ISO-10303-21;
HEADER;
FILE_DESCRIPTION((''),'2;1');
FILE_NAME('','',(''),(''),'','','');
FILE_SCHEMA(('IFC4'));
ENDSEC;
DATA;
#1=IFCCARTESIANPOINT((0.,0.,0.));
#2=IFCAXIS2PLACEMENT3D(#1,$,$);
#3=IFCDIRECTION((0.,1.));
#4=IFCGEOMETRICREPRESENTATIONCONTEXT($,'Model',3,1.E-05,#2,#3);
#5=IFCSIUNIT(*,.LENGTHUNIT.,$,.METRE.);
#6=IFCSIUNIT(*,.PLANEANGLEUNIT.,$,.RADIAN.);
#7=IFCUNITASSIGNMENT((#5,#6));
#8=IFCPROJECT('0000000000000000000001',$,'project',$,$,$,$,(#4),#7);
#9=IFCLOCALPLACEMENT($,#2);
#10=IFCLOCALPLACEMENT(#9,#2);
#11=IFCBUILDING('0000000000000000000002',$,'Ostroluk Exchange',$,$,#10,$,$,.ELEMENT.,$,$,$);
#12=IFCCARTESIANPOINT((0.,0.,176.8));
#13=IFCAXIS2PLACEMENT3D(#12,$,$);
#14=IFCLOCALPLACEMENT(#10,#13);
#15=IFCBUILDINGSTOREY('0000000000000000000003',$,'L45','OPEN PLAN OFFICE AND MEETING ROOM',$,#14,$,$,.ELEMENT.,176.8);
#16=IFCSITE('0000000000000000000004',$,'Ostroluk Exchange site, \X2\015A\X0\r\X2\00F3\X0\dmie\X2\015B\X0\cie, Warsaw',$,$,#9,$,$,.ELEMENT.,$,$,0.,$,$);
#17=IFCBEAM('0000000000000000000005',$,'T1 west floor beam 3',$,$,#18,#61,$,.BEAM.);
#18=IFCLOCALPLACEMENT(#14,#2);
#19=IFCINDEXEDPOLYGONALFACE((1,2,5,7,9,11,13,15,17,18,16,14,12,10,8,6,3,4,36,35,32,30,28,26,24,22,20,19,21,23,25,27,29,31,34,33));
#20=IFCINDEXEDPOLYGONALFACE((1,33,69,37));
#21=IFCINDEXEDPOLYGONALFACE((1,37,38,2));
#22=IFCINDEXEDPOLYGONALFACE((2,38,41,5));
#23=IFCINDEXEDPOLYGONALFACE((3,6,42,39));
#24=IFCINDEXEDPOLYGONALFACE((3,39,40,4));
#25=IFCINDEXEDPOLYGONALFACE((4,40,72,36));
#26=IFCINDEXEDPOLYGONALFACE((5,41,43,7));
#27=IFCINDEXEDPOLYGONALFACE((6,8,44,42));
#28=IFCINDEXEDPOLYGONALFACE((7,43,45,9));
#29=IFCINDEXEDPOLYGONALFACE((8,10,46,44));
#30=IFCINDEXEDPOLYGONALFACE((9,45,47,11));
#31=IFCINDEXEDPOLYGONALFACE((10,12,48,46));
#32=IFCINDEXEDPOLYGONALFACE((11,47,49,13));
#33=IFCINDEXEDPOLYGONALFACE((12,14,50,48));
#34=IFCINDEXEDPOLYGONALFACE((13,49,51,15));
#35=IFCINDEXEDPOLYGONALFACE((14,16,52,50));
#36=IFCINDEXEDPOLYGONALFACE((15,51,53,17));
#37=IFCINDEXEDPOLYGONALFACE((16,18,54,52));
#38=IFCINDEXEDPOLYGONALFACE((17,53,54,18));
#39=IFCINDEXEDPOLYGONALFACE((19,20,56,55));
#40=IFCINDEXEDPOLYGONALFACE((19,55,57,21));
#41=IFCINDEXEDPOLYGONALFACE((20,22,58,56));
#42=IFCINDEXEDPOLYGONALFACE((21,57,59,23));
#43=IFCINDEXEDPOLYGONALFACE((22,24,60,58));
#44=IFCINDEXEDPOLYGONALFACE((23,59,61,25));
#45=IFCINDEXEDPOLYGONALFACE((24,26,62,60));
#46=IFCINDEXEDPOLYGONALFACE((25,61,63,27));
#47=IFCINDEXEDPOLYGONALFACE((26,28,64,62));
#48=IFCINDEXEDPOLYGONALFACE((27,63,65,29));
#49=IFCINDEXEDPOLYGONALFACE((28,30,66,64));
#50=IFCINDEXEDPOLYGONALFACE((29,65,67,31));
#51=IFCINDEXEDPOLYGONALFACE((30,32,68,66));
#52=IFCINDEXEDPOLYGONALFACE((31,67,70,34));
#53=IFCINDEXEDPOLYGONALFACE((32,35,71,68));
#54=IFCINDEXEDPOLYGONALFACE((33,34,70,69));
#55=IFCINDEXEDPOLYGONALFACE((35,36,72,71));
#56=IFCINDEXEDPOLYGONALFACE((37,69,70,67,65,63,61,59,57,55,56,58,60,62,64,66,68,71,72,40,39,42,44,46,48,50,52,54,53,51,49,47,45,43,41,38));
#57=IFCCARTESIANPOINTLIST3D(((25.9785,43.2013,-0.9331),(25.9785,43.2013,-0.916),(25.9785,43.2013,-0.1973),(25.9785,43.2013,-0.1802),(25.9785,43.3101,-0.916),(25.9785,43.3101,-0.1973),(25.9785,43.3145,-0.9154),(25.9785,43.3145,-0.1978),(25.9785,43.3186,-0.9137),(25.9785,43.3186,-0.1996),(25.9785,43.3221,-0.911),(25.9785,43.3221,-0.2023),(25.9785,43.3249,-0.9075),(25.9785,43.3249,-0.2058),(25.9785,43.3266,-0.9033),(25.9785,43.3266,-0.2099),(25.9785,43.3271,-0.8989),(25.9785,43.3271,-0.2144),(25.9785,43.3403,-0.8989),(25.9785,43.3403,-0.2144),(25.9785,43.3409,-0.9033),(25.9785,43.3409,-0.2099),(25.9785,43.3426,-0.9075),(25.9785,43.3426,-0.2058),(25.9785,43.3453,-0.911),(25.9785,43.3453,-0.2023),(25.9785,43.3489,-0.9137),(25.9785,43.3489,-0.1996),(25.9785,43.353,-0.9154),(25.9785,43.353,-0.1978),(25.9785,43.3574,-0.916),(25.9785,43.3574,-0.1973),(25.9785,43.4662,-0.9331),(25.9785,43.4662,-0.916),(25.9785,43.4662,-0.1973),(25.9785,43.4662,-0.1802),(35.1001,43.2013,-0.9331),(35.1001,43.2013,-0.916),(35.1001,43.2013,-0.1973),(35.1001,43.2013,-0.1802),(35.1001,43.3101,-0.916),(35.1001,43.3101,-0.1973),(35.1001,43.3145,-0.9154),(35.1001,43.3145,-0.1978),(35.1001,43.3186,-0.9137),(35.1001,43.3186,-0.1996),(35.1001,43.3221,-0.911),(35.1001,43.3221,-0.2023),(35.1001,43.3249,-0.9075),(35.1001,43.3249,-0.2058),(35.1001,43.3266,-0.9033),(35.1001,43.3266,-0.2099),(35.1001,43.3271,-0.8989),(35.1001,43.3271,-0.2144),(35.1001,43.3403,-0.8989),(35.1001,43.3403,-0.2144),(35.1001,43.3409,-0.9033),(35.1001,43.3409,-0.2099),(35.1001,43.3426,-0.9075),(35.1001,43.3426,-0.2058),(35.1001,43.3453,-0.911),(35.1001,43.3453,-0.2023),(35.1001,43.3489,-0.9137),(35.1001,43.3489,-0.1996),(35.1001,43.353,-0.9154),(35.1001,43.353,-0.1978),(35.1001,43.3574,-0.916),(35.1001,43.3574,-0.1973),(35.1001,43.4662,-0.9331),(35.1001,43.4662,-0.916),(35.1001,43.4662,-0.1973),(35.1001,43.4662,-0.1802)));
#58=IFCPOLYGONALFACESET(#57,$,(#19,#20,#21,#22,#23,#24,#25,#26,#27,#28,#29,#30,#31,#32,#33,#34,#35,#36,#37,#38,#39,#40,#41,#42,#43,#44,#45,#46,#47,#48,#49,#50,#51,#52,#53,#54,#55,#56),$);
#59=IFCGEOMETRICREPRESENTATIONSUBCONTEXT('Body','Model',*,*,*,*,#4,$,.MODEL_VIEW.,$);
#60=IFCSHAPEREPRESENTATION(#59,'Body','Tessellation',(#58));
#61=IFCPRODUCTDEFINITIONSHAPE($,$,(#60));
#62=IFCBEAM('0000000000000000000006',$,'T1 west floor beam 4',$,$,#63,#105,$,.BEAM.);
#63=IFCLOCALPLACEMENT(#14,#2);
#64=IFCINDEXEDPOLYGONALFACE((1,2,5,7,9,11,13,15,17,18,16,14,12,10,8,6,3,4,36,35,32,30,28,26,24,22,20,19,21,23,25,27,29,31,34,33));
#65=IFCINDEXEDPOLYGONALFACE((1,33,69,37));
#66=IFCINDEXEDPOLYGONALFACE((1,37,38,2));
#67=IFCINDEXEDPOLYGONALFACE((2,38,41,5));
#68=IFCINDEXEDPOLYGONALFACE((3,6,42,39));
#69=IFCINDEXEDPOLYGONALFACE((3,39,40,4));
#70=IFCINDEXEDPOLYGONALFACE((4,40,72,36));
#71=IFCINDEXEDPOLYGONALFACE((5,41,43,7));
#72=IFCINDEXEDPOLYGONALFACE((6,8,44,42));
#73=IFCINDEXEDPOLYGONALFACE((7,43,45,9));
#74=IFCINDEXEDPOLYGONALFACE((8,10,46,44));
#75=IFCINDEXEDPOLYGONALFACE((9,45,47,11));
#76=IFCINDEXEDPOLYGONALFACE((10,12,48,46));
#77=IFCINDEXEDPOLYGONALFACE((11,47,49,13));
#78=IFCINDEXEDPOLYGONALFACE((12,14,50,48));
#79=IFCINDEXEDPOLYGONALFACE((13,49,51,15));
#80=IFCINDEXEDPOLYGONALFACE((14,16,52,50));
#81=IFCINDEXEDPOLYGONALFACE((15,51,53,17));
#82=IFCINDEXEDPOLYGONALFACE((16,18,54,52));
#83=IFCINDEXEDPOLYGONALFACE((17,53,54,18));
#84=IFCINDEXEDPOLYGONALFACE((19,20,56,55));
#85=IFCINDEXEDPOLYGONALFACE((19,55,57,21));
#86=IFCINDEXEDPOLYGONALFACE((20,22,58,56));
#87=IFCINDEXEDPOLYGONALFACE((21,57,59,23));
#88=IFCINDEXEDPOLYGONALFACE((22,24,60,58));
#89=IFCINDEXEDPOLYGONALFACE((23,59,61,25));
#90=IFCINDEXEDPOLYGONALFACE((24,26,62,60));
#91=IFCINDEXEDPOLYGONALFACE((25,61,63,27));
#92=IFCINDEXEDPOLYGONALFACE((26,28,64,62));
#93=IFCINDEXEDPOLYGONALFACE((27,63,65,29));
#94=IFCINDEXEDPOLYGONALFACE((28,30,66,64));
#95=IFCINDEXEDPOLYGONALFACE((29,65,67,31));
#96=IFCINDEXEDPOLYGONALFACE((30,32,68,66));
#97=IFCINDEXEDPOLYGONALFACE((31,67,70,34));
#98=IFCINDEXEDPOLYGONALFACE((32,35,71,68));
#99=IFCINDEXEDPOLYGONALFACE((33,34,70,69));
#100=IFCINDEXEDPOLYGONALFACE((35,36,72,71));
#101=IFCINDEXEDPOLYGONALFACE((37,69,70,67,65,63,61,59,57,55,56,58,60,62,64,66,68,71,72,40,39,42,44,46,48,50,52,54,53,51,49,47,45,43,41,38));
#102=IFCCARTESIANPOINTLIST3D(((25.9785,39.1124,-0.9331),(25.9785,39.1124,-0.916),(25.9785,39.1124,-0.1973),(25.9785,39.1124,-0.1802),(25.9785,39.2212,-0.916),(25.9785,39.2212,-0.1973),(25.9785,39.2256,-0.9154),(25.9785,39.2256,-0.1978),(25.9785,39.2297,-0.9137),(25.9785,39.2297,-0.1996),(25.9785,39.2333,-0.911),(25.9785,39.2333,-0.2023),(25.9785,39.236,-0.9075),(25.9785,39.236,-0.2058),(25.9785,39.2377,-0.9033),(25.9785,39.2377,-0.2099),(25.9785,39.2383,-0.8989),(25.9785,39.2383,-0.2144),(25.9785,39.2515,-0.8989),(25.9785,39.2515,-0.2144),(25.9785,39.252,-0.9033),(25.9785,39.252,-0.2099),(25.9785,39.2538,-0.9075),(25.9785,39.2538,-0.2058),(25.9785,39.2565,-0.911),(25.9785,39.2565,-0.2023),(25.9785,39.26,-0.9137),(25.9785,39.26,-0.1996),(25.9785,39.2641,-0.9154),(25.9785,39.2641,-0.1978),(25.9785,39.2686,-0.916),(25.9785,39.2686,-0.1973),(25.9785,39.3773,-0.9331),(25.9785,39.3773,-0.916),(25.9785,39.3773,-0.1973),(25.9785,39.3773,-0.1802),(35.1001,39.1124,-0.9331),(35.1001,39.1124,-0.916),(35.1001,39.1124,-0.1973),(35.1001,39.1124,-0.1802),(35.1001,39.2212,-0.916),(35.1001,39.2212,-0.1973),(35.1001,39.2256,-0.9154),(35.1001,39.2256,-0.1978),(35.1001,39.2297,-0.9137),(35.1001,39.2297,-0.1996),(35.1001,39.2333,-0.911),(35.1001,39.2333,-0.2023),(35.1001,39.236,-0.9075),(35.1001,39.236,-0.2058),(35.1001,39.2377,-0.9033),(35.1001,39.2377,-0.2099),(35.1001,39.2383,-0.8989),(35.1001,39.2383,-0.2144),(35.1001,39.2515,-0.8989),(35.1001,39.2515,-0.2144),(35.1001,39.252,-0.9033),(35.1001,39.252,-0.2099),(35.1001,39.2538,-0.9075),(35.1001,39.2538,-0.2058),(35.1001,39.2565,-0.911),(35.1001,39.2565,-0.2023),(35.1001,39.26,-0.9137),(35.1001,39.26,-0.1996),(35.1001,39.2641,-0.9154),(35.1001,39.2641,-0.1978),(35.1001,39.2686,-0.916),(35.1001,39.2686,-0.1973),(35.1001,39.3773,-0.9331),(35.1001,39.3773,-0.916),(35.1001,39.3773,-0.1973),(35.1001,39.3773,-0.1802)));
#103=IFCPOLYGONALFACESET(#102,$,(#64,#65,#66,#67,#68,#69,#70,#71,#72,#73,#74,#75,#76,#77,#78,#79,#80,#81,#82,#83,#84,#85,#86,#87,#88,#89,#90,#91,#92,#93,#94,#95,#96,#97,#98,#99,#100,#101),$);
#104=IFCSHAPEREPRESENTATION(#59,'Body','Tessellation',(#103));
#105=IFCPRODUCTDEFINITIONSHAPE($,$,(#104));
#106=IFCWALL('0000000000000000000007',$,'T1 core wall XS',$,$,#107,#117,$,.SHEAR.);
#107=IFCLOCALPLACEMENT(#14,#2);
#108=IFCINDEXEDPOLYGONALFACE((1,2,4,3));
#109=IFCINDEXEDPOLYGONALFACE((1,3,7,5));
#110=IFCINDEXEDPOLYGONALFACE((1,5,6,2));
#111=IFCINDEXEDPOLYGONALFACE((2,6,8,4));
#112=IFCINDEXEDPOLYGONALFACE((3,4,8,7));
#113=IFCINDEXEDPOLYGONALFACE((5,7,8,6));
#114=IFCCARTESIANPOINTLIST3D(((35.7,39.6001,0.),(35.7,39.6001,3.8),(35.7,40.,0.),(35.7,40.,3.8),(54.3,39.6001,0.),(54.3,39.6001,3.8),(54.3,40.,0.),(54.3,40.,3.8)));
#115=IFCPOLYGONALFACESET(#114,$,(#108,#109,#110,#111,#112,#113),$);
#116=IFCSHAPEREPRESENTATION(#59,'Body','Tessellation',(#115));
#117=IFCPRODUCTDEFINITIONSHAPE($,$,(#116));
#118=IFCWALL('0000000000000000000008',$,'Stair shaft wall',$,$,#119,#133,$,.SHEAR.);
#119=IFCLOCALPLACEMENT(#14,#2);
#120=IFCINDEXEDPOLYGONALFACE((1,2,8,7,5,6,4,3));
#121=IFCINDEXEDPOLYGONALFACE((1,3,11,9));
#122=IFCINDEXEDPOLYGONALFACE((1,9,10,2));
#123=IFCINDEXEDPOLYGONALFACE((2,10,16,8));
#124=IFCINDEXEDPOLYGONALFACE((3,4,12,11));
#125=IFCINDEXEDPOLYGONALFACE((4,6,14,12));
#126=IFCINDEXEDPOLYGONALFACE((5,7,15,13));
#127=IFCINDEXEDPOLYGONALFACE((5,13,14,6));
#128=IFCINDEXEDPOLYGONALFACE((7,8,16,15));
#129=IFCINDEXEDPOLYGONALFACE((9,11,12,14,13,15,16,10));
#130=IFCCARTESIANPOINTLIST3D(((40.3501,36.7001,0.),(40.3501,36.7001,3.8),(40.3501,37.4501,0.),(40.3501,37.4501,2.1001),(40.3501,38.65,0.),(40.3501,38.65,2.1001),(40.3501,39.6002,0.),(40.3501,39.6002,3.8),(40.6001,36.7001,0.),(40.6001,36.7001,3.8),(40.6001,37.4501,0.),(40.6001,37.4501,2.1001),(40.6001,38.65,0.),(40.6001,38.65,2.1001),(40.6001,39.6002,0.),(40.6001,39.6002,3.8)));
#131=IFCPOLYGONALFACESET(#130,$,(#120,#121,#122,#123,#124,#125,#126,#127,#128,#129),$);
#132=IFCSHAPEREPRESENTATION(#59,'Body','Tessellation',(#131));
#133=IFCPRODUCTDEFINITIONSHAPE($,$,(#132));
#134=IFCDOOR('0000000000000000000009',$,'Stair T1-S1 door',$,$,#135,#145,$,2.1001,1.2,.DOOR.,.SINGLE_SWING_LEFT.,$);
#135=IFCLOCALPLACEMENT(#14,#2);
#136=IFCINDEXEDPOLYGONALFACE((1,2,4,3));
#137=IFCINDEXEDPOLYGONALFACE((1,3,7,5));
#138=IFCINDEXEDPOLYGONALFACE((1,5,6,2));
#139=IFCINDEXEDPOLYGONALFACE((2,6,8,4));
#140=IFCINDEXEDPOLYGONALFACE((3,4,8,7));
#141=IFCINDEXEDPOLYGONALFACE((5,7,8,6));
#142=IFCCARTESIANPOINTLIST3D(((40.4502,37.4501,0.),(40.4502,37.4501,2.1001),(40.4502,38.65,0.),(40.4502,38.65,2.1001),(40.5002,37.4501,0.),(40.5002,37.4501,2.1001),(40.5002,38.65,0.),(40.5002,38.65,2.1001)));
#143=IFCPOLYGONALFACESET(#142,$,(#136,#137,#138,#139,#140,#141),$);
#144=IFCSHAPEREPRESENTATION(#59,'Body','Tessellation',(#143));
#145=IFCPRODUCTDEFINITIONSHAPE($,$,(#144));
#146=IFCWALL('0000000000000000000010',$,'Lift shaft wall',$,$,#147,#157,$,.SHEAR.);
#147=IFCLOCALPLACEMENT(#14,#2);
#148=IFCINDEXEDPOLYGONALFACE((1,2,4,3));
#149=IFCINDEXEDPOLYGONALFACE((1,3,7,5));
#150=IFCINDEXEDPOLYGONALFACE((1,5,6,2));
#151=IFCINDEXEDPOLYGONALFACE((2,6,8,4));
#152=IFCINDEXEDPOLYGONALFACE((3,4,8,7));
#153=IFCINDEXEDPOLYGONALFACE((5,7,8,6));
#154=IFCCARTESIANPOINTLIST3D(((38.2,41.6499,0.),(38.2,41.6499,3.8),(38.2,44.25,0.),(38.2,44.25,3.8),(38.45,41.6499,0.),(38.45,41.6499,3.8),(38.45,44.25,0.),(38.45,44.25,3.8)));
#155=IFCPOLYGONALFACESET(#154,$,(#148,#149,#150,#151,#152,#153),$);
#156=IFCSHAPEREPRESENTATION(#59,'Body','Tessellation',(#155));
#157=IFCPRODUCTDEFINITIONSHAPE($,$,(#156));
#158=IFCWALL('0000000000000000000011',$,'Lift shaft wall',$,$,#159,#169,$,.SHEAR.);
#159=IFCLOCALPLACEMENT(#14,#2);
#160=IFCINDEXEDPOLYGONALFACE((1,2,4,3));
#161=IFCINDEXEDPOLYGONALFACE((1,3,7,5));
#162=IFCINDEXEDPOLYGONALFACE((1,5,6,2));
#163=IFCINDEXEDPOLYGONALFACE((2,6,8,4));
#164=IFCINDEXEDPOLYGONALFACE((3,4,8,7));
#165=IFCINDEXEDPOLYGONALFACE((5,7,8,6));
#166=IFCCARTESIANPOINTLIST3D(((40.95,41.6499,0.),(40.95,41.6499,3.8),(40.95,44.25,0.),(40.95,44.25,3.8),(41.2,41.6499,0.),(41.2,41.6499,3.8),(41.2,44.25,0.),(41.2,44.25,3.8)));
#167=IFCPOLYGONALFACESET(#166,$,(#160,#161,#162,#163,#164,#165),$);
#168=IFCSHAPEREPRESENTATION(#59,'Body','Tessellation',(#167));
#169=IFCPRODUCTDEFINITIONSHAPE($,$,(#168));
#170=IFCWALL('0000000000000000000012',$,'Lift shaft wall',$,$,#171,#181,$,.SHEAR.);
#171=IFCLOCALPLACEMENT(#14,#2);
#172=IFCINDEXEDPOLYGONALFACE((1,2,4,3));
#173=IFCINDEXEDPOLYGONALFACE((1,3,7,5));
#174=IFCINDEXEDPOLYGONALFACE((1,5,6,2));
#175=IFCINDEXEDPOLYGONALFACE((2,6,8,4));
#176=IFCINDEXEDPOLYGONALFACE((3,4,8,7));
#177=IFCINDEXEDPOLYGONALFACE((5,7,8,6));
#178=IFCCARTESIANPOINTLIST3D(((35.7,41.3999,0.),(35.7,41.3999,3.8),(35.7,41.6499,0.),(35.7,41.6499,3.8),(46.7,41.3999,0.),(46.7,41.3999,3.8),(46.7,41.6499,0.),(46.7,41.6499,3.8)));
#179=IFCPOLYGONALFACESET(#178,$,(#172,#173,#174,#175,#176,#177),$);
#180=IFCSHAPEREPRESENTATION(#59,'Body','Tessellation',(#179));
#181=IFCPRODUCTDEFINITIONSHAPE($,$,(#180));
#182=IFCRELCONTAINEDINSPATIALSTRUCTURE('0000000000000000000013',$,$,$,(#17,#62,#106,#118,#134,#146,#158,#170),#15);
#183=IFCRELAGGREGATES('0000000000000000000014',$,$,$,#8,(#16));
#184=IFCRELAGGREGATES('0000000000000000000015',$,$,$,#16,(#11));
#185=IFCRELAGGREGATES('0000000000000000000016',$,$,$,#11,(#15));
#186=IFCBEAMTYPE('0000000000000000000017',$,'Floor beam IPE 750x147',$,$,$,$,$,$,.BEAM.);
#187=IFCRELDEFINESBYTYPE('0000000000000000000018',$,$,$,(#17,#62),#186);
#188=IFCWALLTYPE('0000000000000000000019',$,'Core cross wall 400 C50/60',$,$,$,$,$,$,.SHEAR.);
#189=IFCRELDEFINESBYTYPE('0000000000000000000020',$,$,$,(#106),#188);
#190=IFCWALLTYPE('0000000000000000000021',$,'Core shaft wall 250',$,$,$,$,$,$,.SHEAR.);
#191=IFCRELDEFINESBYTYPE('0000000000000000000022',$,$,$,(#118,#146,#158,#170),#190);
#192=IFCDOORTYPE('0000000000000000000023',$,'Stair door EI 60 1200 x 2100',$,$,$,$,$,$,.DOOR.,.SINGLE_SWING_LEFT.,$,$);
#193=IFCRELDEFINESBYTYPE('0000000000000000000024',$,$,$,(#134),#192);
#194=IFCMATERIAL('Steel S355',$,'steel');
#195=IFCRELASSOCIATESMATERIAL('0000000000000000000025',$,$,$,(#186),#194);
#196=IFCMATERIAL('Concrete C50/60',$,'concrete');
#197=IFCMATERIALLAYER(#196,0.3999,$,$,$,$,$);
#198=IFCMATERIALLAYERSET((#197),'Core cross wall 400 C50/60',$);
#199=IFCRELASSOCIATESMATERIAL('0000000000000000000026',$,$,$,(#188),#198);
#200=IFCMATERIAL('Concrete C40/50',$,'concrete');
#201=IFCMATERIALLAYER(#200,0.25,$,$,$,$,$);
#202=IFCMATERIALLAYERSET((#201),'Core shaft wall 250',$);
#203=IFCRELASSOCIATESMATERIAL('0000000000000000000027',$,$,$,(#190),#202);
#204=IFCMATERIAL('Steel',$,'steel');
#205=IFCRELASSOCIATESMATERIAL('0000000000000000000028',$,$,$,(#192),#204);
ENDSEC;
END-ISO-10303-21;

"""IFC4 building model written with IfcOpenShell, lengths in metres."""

from ifc_helpers import new_model, si_unit, direction, frame, frame_2d, origin, origin_2d, place, context, subcontext, project, spatial, rectangle, i_section, extrude, material, layer, layer_set, material_profile, profile_set, type_object, element, fill, save


model = new_model("IFC4")

# Units and contexts
model_context = context("Model", 3, precision=1e-05, world=origin(), true_north=direction((0.0, 1.0)))
body_context = subcontext(model_context, "Body", "Model", "MODEL_VIEW")
ifc_project = project(units=[si_unit("LENGTHUNIT", "METRE"), si_unit("PLANEANGLEUNIT", "RADIAN")], contexts=[model_context])

# Site, building, storey
site_placement = place(None, origin())
site = spatial("IfcSite", under=ifc_project, at=site_placement, Name="Ostroluk Exchange site, Śródmieście, Warsaw", CompositionType="ELEMENT", RefElevation=0.0)
building_placement = place(site_placement, origin())
building = spatial("IfcBuilding", under=site, at=building_placement, Name="Ostroluk Exchange", CompositionType="ELEMENT")
storey_placement = place(building_placement, frame((0.0, 0.0, 176.8)))
storey = spatial("IfcBuildingStorey", under=building, at=storey_placement, Name="L45", Description="OPEN PLAN OFFICE AND MEETING ROOM", CompositionType="ELEMENT", Elevation=176.8)

# Beams
ifc_material_1 = material(Name="Steel S355", Category="steel")
ifc_material_profile = material_profile(ifc_material_1, i_section(OverallWidth=0.2649, OverallDepth=0.7529, WebThickness=0.0132, FlangeThickness=0.0171, FilletRadius=0.0171, at=origin_2d()), Name="IPE 750x147")
ifc_profile_set = profile_set([ifc_material_profile], Name="Steel S355")
beam_type = type_object("IfcBeamType", Name="Floor beam IPE 750x147", PredefinedType="BEAM", material=ifc_profile_set)
for number, where, z_axis, x_axis, name in (
    (1, (35.1001, 43.3337, -0.5566), (-1.0, 0.0, 0.0), (0.0, -1.0, 0.0), "T1 west floor beam 3"),
    (2, (35.1001, 39.2449, -0.5566), (-1.0, 0.0, 0.0), (0.0, -1.0, 0.0), "T1 west floor beam 4"),
):
    element("IfcBeam", number, at=place(storey_placement, frame(where, z_axis=z_axis, x_axis=x_axis)), inside=storey, type_object=beam_type, Name=name, PredefinedType="BEAM", context=body_context, shape_type="SweptSolid", body=[
        extrude(i_section(OverallWidth=0.2649, OverallDepth=0.7529, WebThickness=0.0132, FlangeThickness=0.0171, FilletRadius=0.0171, at=origin_2d()), origin(), (0.0, 0.0, 1.0), 9.1216),
    ])

# Wall
ifc_material_2 = material(Name="Concrete C50/60", Category="concrete")
ifc_layer_1 = layer(ifc_material_2, 0.3999)
ifc_layer_set_1 = layer_set([ifc_layer_1], Name="Core cross wall 400 C50/60")
wall_type_1 = type_object("IfcWallType", Name="Core cross wall 400 C50/60", PredefinedType="SHEAR", material=ifc_layer_set_1)
wall_1_placement = place(storey_placement, frame((35.7, 39.8, 0.0), z_axis=(0.0, 0.0, 1.0), x_axis=(1.0, 0.0, 0.0)))
element("IfcWall", 3, at=wall_1_placement, inside=storey, type_object=wall_type_1, Name="T1 core wall XS", PredefinedType="SHEAR", context=body_context, shape_type="SweptSolid", body=[
    extrude(rectangle(XDim=18.6001, YDim=0.3999, at=frame_2d((9.3, 0.0))), origin(), (0.0, 0.0, 1.0), 3.8),
])

# Wall, opening, door
ifc_material_3 = material(Name="Concrete C40/50", Category="concrete")
ifc_layer_2 = layer(ifc_material_3, 0.25)
ifc_layer_set_2 = layer_set([ifc_layer_2], Name="Core shaft wall 250")
wall_type_2 = type_object("IfcWallType", Name="Core shaft wall 250", PredefinedType="SHEAR", material=ifc_layer_set_2)
wall_2_placement = place(storey_placement, frame((40.4751, 36.7, 0.0), z_axis=(0.0, 0.0, 1.0), x_axis=(0.0, 1.0, 0.0)))
wall_2 = element("IfcWall", 4, at=wall_2_placement, inside=storey, type_object=wall_type_2, Name="Stair shaft wall", PredefinedType="SHEAR", context=body_context, shape_type="SweptSolid", body=[
    extrude(rectangle(XDim=2.9001, YDim=0.25, at=frame_2d((1.4502, 0.0))), origin(), (0.0, 0.0, 1.0), 3.8),
])
opening_1_placement = place(wall_2_placement, frame((0.75, 0.0, 0.0)))
opening_1 = element("IfcOpeningElement", 5, at=opening_1_placement, cuts=wall_2, PredefinedType="OPENING", context=body_context, shape_type="SweptSolid", body=[
    extrude(rectangle(XDim=1.2, YDim=2.1001, at=frame_2d((0.6001, 1.05))), frame((0.0, 0.135, 0.0), z_axis=(0.0, -1.0, 0.0), x_axis=(1.0, 0.0, 0.0)), (0.0, 0.0, 1.0), 0.27),
])
ifc_material_4 = material(Name="Steel", Category="steel")
door_type_1 = type_object("IfcDoorType", Name="Stair door EI 60 1200 x 2100", OperationType="SINGLE_SWING_LEFT", PredefinedType="DOOR", material=ifc_material_4)
door_1_placement = place(opening_1_placement, origin())
door_1 = element("IfcDoor", 6, at=door_1_placement, inside=storey, type_object=door_type_1, Name="Stair T1-S1 door", OperationType="SINGLE_SWING_LEFT", OverallHeight=2.1001, OverallWidth=1.2, PredefinedType="DOOR", context=body_context, shape_type="SweptSolid", body=[
    extrude(rectangle(XDim=1.2, YDim=2.1001, at=frame_2d((0.6001, 1.05))), frame((0.0, 0.0249, 0.0), z_axis=(0.0, -1.0, 0.0), x_axis=(1.0, 0.0, 0.0)), (0.0, 0.0, 1.0), 0.05),
])
fill(opening_1, door_1)

# Walls
for number, where, z_axis, x_axis, name in (
    (7, (38.325, 44.25, 0.0), (0.0, 0.0, 1.0), (0.0, -1.0, 0.0), "Lift shaft wall"),
    (8, (41.075, 44.25, 0.0), (0.0, 0.0, 1.0), (0.0, -1.0, 0.0), "Lift shaft wall"),
):
    element("IfcWall", number, at=place(storey_placement, frame(where, z_axis=z_axis, x_axis=x_axis)), inside=storey, type_object=wall_type_2, Name=name, PredefinedType="SHEAR", context=body_context, shape_type="SweptSolid", body=[
        extrude(rectangle(XDim=2.6001, YDim=0.25, at=frame_2d((1.3, 0.0))), origin(), (0.0, 0.0, 1.0), 3.8),
    ])
wall_3_placement = place(storey_placement, frame((35.7, 41.5249, 0.0), z_axis=(0.0, 0.0, 1.0), x_axis=(1.0, 0.0, 0.0)))
element("IfcWall", 9, at=wall_3_placement, inside=storey, type_object=wall_type_2, Name="Lift shaft wall", PredefinedType="SHEAR", context=body_context, shape_type="SweptSolid", body=[
    extrude(rectangle(XDim=11.0, YDim=0.25, at=frame_2d((5.5, 0.0))), origin(), (0.0, 0.0, 1.0), 3.8),
])

save(model, "model.ifc")
